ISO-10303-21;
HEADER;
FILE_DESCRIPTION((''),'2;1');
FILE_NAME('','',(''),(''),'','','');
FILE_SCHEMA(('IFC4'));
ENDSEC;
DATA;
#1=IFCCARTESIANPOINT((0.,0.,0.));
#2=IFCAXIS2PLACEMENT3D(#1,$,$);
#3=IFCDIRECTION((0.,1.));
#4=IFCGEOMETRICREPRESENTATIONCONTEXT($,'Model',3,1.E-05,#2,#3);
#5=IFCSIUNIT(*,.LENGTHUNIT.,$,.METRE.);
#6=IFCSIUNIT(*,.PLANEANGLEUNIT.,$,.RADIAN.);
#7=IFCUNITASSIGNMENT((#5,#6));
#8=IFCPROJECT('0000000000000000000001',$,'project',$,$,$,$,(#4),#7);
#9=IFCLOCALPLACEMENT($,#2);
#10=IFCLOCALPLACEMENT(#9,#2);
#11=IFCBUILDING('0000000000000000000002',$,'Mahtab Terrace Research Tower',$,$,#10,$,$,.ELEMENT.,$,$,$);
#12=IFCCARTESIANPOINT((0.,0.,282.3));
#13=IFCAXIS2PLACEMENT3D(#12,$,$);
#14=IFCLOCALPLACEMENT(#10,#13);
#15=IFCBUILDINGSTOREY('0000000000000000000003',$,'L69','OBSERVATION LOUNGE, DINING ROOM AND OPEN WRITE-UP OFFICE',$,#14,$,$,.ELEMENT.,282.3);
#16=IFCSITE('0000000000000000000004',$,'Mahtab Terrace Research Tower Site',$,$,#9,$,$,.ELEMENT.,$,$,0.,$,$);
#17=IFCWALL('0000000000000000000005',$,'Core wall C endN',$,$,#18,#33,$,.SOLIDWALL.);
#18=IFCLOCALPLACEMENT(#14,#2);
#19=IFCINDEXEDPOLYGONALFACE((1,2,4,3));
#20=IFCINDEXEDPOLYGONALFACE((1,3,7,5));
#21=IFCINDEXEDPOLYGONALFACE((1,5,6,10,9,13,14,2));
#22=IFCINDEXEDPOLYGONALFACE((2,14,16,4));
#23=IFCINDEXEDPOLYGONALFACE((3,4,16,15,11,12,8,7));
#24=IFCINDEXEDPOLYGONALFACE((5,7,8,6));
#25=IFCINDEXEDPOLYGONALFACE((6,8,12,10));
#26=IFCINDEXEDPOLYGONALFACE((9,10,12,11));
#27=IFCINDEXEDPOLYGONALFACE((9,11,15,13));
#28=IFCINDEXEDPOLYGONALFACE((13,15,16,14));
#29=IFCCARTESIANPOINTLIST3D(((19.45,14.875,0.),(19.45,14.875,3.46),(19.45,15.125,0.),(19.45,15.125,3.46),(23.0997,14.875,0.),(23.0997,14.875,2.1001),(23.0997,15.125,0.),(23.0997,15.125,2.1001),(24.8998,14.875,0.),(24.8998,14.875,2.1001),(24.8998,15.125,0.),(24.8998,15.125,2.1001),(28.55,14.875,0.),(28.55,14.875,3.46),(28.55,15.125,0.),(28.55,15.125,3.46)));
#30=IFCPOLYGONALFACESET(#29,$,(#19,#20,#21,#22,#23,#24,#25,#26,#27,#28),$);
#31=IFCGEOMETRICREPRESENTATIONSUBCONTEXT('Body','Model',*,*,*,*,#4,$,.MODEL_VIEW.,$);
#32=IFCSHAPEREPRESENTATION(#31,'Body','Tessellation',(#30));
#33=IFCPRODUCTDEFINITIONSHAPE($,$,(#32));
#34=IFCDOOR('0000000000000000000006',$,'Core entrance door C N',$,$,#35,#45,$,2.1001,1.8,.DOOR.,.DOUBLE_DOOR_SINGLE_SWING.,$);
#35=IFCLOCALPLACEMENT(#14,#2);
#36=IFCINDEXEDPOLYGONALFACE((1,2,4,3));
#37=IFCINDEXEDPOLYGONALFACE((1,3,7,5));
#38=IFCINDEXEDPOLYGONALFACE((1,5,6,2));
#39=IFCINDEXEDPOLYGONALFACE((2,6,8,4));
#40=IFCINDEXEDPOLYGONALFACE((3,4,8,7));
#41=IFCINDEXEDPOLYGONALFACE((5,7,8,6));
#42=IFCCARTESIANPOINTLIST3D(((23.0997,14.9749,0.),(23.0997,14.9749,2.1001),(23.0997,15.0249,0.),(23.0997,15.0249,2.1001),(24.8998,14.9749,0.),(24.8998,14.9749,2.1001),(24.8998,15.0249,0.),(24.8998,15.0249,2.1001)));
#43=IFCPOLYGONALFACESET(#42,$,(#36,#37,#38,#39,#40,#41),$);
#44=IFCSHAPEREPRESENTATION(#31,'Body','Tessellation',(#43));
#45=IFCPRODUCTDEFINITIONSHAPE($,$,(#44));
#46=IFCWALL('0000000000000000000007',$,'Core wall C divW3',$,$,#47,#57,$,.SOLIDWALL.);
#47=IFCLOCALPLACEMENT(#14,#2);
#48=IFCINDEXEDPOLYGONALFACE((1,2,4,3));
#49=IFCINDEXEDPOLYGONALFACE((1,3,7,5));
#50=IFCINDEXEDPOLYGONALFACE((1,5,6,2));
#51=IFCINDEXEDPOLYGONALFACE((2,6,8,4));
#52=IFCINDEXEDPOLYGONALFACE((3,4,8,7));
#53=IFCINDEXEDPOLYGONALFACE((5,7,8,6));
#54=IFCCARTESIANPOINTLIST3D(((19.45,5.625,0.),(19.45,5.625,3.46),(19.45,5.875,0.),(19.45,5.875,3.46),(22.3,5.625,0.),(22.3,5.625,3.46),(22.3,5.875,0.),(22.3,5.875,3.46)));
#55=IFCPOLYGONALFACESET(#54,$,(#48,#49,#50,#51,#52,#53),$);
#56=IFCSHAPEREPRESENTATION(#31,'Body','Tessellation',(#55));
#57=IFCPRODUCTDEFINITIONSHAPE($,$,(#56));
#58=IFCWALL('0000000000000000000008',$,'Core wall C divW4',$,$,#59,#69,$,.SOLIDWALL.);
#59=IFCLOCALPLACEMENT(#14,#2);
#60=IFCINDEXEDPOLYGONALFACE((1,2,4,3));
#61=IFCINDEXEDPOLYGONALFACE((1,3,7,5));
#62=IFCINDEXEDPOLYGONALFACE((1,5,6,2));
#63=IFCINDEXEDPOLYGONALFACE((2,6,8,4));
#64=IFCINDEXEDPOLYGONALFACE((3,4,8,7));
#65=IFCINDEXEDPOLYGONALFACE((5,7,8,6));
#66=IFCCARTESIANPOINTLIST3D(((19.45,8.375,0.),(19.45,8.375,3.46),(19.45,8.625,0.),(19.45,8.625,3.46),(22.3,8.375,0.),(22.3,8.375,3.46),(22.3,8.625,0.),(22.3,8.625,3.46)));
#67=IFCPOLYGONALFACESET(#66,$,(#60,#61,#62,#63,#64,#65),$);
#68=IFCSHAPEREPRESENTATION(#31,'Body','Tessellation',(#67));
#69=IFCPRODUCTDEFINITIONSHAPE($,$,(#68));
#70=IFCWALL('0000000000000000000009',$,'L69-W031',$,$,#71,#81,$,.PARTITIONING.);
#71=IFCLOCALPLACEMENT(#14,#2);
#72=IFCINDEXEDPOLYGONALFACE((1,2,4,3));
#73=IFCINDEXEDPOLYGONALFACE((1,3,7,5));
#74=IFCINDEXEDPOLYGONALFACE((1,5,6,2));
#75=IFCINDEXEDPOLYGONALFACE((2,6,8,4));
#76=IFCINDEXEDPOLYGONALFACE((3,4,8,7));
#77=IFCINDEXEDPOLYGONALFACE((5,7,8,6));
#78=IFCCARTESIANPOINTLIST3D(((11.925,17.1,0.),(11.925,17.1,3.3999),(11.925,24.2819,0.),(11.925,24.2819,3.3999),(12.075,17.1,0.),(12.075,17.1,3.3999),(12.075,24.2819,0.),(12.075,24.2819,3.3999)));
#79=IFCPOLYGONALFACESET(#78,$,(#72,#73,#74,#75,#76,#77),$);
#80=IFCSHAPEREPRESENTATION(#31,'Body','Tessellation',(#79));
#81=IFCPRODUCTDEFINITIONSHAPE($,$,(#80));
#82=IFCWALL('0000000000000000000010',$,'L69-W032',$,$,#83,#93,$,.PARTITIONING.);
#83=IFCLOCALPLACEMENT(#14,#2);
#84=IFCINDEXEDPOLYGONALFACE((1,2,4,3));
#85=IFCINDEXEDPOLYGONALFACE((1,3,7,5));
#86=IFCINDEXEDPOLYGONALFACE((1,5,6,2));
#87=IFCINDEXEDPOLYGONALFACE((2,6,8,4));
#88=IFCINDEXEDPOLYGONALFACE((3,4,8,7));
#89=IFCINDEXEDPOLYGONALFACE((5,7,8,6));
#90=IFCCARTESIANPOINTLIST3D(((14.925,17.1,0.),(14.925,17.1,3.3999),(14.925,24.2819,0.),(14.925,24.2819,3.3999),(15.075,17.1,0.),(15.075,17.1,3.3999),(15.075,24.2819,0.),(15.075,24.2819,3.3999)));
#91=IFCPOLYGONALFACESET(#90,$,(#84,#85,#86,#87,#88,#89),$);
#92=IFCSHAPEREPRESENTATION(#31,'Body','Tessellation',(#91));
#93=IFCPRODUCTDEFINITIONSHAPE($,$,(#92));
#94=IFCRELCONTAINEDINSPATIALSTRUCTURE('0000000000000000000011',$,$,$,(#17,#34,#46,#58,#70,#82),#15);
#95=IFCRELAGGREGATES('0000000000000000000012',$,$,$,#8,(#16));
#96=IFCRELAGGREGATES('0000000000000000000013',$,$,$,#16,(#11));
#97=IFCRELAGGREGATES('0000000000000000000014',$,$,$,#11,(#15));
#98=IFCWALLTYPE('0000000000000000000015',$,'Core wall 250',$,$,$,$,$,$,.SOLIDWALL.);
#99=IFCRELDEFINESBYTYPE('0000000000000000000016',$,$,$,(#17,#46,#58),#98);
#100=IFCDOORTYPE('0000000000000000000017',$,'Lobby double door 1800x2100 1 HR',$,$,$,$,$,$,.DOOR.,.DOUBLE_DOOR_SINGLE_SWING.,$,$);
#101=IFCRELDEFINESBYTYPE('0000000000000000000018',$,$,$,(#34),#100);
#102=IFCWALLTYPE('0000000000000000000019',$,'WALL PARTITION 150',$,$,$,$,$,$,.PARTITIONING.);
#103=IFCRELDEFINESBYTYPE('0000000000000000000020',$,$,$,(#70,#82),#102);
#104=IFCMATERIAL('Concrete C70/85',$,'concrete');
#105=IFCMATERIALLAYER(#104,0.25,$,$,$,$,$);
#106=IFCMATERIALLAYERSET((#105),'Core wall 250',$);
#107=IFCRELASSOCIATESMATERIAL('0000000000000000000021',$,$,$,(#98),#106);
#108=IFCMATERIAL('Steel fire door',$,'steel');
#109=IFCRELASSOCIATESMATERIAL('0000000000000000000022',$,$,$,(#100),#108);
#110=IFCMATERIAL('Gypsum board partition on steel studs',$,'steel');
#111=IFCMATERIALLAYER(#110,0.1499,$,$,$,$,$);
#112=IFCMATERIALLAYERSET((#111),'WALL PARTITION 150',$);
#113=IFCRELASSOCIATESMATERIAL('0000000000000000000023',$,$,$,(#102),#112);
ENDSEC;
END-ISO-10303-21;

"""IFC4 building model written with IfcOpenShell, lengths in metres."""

from ifc_helpers import new_model, si_unit, direction, frame, frame_2d, origin, place, context, subcontext, project, spatial, rectangle, extrude, material, layer, layer_set, type_object, element, fill, save


model = new_model("IFC4")

# Units and contexts
model_context = context("Model", 3, precision=1e-05, world=origin(), true_north=direction((0.0, 1.0)))
body_context = subcontext(model_context, "Body", "Model", "MODEL_VIEW")
ifc_project = project(units=[si_unit("LENGTHUNIT", "METRE"), si_unit("PLANEANGLEUNIT", "RADIAN")], contexts=[model_context])

# Site, building, storey
site_placement = place(None, origin())
site = spatial("IfcSite", under=ifc_project, at=site_placement, Name="Mahtab Terrace Research Tower Site", CompositionType="ELEMENT", RefElevation=0.0)
building_placement = place(site_placement, origin())
building = spatial("IfcBuilding", under=site, at=building_placement, Name="Mahtab Terrace Research Tower", CompositionType="ELEMENT")
storey_placement = place(building_placement, frame((0.0, 0.0, 282.3)))
storey = spatial("IfcBuildingStorey", under=building, at=storey_placement, Name="L69", Description="OBSERVATION LOUNGE, DINING ROOM AND OPEN WRITE-UP OFFICE", CompositionType="ELEMENT", Elevation=282.3)

# Shared definitions
ifc_material_1 = material(Name="Concrete C70/85", Category="concrete")

# Shared definitions
ifc_layer_1 = layer(ifc_material_1, 0.25)
ifc_layer_set_1 = layer_set([ifc_layer_1], Name="Core wall 250")
wall_type_1 = type_object("IfcWallType", Name="Core wall 250", PredefinedType="SOLIDWALL", material=ifc_layer_set_1)

# Wall, opening, door
wall_1_placement = place(storey_placement, frame((19.45, 15.0, 0.0), z_axis=(0.0, 0.0, 1.0), x_axis=(1.0, 0.0, 0.0)))
wall_1 = element("IfcWall", 1, at=wall_1_placement, inside=storey, type_object=wall_type_1, Name="Core wall C endN", PredefinedType="SOLIDWALL", context=body_context, shape_type="SweptSolid", body=[
    extrude(rectangle(XDim=9.1001, YDim=0.25, at=frame_2d((4.55, 0.0))), origin(), (0.0, 0.0, 1.0), 3.46),
])
opening_placement = place(wall_1_placement, frame((3.6499, 0.0, 0.0)))
opening = element("IfcOpeningElement", 2, at=opening_placement, cuts=wall_1, PredefinedType="OPENING", context=body_context, shape_type="SweptSolid", body=[
    extrude(rectangle(XDim=1.8, YDim=2.1001, at=frame_2d((0.8999, 1.05))), frame((0.0, 0.135, 0.0), z_axis=(0.0, -1.0, 0.0), x_axis=(1.0, 0.0, 0.0)), (0.0, 0.0, 1.0), 0.27),
])
ifc_material_2 = material(Name="Steel fire door", Category="steel")
door_type = type_object("IfcDoorType", Name="Lobby double door 1800x2100 1 HR", OperationType="DOUBLE_DOOR_SINGLE_SWING", PredefinedType="DOOR", material=ifc_material_2)
door_placement = place(opening_placement, origin())
door = element("IfcDoor", 3, at=door_placement, inside=storey, type_object=door_type, Name="Core entrance door C N", OperationType="DOUBLE_DOOR_SINGLE_SWING", OverallHeight=2.1001, OverallWidth=1.8, PredefinedType="DOOR", context=body_context, shape_type="SweptSolid", body=[
    extrude(rectangle(XDim=1.8, YDim=2.1001, at=frame_2d((0.8999, 1.05))), frame((0.0, 0.0249, 0.0), z_axis=(0.0, -1.0, 0.0), x_axis=(1.0, 0.0, 0.0)), (0.0, 0.0, 1.0), 0.05),
])
fill(opening, door)

# Walls
for number, where, z_axis, x_axis, name in (
    (4, (19.45, 5.75, 0.0), (0.0, 0.0, 1.0), (1.0, 0.0, 0.0), "Core wall C divW3"),
    (5, (19.45, 8.5, 0.0), (0.0, 0.0, 1.0), (1.0, 0.0, 0.0), "Core wall C divW4"),
):
    element("IfcWall", number, at=place(storey_placement, frame(where, z_axis=z_axis, x_axis=x_axis)), inside=storey, type_object=wall_type_1, Name=name, PredefinedType="SOLIDWALL", context=body_context, shape_type="SweptSolid", body=[
        extrude(rectangle(XDim=2.8501, YDim=0.25, at=frame_2d((1.425, 0.0))), origin(), (0.0, 0.0, 1.0), 3.46),
    ])
ifc_material_3 = material(Name="Gypsum board partition on steel studs", Category="steel")
ifc_layer_2 = layer(ifc_material_3, 0.1499)
ifc_layer_set_2 = layer_set([ifc_layer_2], Name="WALL PARTITION 150")
wall_type_2 = type_object("IfcWallType", Name="WALL PARTITION 150", PredefinedType="PARTITIONING", material=ifc_layer_set_2)
for number, where, z_axis, x_axis, name in (
    (6, (12.0, 17.1001, 0.0), (0.0, 0.0, 1.0), (0.0, 1.0, 0.0), "L69-W031"),
    (7, (15.0, 17.1001, 0.0), (0.0, 0.0, 1.0), (0.0, 1.0, 0.0), "L69-W032"),
):
    element("IfcWall", number, at=place(storey_placement, frame(where, z_axis=z_axis, x_axis=x_axis)), inside=storey, type_object=wall_type_2, Name=name, PredefinedType="PARTITIONING", context=body_context, shape_type="SweptSolid", body=[
        extrude(rectangle(XDim=7.1819, YDim=0.1499, at=frame_2d((3.5908, 0.0))), origin(), (0.0, 0.0, 1.0), 3.3999),
    ])

save(model, "model.ifc")
